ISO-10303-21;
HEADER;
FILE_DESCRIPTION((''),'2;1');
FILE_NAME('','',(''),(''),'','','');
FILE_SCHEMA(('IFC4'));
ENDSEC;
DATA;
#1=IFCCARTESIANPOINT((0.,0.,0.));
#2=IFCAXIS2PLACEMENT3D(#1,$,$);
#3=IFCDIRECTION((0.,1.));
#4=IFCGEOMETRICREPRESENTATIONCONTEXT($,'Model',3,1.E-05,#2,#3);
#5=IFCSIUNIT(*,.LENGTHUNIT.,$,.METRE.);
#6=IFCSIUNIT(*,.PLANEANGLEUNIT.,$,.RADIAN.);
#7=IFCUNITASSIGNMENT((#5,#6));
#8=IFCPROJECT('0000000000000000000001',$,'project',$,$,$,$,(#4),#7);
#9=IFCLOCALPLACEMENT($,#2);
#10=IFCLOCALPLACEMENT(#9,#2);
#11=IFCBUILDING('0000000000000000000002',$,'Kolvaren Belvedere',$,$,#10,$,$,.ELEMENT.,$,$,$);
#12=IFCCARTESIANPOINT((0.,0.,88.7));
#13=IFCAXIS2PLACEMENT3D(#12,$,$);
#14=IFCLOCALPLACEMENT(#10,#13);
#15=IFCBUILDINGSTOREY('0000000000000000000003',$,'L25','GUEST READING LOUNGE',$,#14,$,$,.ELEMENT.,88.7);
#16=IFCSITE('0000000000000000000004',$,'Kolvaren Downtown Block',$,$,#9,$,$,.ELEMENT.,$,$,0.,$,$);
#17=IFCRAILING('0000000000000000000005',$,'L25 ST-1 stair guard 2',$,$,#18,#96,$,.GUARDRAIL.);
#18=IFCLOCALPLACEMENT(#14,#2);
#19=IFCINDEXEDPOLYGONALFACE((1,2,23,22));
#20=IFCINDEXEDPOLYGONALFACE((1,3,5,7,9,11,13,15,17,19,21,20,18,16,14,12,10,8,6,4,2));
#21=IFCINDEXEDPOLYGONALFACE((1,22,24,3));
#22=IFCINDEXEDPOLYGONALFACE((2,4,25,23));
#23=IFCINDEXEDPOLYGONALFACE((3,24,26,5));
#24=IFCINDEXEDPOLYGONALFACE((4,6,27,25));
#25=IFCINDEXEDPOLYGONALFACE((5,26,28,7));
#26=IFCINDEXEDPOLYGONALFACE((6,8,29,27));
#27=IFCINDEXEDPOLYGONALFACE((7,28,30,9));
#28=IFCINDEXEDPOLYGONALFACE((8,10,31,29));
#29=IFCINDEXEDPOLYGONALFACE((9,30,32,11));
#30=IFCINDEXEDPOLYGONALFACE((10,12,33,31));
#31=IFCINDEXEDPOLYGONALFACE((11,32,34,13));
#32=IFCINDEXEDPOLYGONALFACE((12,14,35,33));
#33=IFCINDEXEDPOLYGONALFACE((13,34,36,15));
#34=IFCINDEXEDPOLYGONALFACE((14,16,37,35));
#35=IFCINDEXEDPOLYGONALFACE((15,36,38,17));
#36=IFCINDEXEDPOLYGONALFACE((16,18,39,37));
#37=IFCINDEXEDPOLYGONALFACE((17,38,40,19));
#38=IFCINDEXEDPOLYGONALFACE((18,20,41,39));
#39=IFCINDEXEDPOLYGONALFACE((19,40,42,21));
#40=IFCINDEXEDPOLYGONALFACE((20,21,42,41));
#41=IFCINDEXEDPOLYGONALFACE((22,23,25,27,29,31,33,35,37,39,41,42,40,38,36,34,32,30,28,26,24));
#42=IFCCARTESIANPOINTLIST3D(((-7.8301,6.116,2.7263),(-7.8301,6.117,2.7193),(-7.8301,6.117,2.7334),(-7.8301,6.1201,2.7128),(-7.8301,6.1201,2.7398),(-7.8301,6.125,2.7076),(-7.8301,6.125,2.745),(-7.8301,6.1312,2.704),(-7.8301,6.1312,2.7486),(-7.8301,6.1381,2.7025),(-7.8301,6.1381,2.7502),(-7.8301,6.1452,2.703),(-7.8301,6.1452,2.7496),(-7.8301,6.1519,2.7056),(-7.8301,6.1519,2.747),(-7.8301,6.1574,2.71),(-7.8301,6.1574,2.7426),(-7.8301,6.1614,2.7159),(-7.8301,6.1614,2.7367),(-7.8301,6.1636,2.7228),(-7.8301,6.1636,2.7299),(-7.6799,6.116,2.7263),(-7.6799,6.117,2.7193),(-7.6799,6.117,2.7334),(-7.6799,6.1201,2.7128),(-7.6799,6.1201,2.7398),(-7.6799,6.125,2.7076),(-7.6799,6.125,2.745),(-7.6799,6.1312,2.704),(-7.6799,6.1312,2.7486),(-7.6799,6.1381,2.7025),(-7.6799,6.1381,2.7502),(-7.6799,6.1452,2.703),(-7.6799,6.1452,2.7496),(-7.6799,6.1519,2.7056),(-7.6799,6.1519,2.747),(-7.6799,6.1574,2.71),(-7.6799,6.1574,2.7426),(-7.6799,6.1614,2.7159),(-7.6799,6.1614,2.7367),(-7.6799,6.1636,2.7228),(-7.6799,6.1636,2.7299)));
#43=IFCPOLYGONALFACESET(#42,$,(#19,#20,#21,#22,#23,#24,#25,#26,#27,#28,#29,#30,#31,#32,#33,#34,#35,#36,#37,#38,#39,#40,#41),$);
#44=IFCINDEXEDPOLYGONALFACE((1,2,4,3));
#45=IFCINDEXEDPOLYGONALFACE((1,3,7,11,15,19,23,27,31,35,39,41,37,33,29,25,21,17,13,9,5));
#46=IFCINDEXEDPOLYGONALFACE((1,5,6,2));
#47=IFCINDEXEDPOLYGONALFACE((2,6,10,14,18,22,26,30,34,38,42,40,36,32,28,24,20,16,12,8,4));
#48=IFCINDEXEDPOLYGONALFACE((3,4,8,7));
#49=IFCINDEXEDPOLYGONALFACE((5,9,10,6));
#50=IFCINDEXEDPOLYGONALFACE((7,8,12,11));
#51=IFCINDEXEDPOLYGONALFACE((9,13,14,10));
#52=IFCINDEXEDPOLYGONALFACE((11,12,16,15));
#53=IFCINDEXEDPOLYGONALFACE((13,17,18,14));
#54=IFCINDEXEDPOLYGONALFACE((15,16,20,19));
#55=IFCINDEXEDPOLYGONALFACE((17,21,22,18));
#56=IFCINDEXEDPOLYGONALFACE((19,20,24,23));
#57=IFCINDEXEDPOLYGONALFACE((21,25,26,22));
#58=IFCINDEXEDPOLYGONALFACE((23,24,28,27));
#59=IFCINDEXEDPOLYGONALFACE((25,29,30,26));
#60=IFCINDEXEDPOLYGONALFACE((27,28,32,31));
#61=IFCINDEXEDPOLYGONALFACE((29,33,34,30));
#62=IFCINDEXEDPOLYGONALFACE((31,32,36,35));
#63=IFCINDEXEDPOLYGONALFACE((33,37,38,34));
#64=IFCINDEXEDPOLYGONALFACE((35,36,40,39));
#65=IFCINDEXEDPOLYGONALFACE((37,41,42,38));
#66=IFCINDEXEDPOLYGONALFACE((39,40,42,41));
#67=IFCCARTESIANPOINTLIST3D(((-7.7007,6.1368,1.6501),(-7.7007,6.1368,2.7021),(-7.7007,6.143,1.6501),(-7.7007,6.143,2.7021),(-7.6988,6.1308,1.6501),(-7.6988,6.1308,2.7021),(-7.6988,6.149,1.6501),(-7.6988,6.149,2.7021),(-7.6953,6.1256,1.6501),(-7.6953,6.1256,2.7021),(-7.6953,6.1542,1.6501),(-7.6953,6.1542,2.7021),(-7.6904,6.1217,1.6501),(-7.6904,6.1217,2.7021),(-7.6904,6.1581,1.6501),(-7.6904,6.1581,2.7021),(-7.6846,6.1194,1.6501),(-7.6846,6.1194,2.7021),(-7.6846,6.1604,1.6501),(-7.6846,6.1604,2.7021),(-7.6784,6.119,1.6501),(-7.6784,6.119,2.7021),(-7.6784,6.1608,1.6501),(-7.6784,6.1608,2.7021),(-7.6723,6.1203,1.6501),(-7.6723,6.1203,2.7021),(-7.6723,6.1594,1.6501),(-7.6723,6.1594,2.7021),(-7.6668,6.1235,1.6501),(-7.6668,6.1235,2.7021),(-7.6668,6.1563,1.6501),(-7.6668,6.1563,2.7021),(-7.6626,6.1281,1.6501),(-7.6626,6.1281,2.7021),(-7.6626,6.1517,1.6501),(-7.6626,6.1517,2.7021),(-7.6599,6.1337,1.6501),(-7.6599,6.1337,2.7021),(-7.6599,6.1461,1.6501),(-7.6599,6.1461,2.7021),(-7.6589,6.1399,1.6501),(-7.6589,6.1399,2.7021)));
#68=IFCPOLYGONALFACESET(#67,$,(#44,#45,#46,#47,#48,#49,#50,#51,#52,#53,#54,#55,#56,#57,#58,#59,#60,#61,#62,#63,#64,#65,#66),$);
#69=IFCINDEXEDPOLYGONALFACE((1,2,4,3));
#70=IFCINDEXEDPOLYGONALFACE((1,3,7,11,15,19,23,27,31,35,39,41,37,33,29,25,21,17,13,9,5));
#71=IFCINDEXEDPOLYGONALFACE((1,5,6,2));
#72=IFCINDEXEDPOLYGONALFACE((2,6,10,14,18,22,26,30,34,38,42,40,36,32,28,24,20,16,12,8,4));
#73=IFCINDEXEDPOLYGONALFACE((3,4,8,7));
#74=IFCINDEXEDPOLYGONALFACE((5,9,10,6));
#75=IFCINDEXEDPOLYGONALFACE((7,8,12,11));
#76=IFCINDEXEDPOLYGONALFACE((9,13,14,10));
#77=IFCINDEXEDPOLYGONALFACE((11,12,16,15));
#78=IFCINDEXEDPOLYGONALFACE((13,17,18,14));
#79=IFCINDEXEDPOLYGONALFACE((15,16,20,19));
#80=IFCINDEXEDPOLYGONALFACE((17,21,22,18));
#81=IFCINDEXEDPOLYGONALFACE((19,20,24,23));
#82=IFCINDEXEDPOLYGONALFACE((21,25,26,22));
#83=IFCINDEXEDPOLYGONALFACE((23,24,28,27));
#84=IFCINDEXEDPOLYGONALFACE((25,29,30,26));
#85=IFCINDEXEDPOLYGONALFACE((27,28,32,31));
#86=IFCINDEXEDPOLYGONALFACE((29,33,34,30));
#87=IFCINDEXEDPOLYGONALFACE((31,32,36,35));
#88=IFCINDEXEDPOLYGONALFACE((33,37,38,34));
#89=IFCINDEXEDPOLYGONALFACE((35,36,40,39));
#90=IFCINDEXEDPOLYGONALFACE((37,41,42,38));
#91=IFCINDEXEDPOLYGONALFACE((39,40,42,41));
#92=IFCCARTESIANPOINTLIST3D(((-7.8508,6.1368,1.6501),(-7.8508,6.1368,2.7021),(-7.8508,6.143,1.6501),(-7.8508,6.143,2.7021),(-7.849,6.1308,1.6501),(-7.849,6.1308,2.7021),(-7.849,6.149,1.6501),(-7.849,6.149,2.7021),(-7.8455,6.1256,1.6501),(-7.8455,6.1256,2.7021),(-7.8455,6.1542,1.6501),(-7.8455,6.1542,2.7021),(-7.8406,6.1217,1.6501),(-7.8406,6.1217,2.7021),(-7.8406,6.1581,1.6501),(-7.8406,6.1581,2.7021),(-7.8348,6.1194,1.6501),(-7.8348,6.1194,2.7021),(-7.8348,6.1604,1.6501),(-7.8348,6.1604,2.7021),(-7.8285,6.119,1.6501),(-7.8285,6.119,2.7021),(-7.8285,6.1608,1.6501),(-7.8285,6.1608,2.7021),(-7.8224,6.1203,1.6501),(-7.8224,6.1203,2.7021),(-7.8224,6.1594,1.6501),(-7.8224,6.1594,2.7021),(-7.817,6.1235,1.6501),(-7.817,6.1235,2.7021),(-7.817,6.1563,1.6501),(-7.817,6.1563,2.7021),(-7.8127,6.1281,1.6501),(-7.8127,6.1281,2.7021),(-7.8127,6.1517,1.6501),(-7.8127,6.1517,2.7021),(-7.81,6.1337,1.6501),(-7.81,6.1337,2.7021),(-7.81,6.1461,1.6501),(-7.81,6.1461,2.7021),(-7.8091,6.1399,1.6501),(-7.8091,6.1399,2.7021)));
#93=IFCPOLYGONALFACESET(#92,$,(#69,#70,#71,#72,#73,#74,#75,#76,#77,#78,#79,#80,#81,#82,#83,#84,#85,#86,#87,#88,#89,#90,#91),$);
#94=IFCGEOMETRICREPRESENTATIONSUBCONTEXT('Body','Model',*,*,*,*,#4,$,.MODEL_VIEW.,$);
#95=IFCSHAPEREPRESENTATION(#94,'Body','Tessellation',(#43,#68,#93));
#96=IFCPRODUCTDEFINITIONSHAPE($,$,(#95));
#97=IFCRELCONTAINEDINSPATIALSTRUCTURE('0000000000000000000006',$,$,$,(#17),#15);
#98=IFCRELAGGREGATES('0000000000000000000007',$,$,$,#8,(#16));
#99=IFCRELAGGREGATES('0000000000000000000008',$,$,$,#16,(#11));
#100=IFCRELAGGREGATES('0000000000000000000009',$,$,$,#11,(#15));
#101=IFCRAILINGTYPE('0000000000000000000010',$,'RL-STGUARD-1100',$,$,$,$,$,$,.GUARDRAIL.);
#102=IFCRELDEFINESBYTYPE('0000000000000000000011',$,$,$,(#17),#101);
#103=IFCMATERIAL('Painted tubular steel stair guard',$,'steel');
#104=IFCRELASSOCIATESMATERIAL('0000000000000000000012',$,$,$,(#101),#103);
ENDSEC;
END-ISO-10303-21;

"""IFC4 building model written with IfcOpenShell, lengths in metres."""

from ifc_helpers import new_model, si_unit, direction, frame, origin, origin_2d, place, context, subcontext, project, spatial, circle, extrude, material, type_object, element, save


model = new_model("IFC4")

# Units and contexts
model_context = context("Model", 3, precision=1e-05, world=origin(), true_north=direction((0.0, 1.0)))
body_context = subcontext(model_context, "Body", "Model", "MODEL_VIEW")
ifc_project = project(units=[si_unit("LENGTHUNIT", "METRE"), si_unit("PLANEANGLEUNIT", "RADIAN")], contexts=[model_context])

# Site, building, storey
site_placement = place(None, origin())
site = spatial("IfcSite", under=ifc_project, at=site_placement, Name="Kolvaren Downtown Block", CompositionType="ELEMENT", RefElevation=0.0)
building_placement = place(site_placement, origin())
building = spatial("IfcBuilding", under=site, at=building_placement, Name="Kolvaren Belvedere", CompositionType="ELEMENT")
storey_placement = place(building_placement, frame((0.0, 0.0, 88.7)))
storey = spatial("IfcBuildingStorey", under=building, at=storey_placement, Name="L25", Description="GUEST READING LOUNGE", CompositionType="ELEMENT", Elevation=88.7)

# Railing
ifc_material_1 = material(Name="Painted tubular steel stair guard", Category="steel")
railing_type_1 = type_object("IfcRailingType", Name="RL-STGUARD-1100", PredefinedType="GUARDRAIL", material=ifc_material_1)
railing_1_placement = place(storey_placement, frame((-7.6799, 6.1399, 1.6501)))
element("IfcRailing", 1, at=railing_1_placement, inside=storey, type_object=railing_type_1, Name="L25 ST-1 stair guard 2", PredefinedType="GUARDRAIL", context=body_context, shape_type="SweptSolid", body=[
    extrude(circle(Radius=0.0239, at=origin_2d()), frame((0.0, 0.0, 1.0762), z_axis=(-1.0, 0.0, 0.0), x_axis=(0.0, -1.0, 0.0)), (0.0, 0.0, 1.0), 0.1501),
    extrude(circle(Radius=0.021, at=origin_2d()), origin(), (0.0, 0.0, 1.0), 1.052),
    extrude(circle(Radius=0.021, at=origin_2d()), frame((-0.1501, 0.0, 0.0)), (0.0, 0.0, 1.0), 1.052),
])

save(model, "model.ifc")
